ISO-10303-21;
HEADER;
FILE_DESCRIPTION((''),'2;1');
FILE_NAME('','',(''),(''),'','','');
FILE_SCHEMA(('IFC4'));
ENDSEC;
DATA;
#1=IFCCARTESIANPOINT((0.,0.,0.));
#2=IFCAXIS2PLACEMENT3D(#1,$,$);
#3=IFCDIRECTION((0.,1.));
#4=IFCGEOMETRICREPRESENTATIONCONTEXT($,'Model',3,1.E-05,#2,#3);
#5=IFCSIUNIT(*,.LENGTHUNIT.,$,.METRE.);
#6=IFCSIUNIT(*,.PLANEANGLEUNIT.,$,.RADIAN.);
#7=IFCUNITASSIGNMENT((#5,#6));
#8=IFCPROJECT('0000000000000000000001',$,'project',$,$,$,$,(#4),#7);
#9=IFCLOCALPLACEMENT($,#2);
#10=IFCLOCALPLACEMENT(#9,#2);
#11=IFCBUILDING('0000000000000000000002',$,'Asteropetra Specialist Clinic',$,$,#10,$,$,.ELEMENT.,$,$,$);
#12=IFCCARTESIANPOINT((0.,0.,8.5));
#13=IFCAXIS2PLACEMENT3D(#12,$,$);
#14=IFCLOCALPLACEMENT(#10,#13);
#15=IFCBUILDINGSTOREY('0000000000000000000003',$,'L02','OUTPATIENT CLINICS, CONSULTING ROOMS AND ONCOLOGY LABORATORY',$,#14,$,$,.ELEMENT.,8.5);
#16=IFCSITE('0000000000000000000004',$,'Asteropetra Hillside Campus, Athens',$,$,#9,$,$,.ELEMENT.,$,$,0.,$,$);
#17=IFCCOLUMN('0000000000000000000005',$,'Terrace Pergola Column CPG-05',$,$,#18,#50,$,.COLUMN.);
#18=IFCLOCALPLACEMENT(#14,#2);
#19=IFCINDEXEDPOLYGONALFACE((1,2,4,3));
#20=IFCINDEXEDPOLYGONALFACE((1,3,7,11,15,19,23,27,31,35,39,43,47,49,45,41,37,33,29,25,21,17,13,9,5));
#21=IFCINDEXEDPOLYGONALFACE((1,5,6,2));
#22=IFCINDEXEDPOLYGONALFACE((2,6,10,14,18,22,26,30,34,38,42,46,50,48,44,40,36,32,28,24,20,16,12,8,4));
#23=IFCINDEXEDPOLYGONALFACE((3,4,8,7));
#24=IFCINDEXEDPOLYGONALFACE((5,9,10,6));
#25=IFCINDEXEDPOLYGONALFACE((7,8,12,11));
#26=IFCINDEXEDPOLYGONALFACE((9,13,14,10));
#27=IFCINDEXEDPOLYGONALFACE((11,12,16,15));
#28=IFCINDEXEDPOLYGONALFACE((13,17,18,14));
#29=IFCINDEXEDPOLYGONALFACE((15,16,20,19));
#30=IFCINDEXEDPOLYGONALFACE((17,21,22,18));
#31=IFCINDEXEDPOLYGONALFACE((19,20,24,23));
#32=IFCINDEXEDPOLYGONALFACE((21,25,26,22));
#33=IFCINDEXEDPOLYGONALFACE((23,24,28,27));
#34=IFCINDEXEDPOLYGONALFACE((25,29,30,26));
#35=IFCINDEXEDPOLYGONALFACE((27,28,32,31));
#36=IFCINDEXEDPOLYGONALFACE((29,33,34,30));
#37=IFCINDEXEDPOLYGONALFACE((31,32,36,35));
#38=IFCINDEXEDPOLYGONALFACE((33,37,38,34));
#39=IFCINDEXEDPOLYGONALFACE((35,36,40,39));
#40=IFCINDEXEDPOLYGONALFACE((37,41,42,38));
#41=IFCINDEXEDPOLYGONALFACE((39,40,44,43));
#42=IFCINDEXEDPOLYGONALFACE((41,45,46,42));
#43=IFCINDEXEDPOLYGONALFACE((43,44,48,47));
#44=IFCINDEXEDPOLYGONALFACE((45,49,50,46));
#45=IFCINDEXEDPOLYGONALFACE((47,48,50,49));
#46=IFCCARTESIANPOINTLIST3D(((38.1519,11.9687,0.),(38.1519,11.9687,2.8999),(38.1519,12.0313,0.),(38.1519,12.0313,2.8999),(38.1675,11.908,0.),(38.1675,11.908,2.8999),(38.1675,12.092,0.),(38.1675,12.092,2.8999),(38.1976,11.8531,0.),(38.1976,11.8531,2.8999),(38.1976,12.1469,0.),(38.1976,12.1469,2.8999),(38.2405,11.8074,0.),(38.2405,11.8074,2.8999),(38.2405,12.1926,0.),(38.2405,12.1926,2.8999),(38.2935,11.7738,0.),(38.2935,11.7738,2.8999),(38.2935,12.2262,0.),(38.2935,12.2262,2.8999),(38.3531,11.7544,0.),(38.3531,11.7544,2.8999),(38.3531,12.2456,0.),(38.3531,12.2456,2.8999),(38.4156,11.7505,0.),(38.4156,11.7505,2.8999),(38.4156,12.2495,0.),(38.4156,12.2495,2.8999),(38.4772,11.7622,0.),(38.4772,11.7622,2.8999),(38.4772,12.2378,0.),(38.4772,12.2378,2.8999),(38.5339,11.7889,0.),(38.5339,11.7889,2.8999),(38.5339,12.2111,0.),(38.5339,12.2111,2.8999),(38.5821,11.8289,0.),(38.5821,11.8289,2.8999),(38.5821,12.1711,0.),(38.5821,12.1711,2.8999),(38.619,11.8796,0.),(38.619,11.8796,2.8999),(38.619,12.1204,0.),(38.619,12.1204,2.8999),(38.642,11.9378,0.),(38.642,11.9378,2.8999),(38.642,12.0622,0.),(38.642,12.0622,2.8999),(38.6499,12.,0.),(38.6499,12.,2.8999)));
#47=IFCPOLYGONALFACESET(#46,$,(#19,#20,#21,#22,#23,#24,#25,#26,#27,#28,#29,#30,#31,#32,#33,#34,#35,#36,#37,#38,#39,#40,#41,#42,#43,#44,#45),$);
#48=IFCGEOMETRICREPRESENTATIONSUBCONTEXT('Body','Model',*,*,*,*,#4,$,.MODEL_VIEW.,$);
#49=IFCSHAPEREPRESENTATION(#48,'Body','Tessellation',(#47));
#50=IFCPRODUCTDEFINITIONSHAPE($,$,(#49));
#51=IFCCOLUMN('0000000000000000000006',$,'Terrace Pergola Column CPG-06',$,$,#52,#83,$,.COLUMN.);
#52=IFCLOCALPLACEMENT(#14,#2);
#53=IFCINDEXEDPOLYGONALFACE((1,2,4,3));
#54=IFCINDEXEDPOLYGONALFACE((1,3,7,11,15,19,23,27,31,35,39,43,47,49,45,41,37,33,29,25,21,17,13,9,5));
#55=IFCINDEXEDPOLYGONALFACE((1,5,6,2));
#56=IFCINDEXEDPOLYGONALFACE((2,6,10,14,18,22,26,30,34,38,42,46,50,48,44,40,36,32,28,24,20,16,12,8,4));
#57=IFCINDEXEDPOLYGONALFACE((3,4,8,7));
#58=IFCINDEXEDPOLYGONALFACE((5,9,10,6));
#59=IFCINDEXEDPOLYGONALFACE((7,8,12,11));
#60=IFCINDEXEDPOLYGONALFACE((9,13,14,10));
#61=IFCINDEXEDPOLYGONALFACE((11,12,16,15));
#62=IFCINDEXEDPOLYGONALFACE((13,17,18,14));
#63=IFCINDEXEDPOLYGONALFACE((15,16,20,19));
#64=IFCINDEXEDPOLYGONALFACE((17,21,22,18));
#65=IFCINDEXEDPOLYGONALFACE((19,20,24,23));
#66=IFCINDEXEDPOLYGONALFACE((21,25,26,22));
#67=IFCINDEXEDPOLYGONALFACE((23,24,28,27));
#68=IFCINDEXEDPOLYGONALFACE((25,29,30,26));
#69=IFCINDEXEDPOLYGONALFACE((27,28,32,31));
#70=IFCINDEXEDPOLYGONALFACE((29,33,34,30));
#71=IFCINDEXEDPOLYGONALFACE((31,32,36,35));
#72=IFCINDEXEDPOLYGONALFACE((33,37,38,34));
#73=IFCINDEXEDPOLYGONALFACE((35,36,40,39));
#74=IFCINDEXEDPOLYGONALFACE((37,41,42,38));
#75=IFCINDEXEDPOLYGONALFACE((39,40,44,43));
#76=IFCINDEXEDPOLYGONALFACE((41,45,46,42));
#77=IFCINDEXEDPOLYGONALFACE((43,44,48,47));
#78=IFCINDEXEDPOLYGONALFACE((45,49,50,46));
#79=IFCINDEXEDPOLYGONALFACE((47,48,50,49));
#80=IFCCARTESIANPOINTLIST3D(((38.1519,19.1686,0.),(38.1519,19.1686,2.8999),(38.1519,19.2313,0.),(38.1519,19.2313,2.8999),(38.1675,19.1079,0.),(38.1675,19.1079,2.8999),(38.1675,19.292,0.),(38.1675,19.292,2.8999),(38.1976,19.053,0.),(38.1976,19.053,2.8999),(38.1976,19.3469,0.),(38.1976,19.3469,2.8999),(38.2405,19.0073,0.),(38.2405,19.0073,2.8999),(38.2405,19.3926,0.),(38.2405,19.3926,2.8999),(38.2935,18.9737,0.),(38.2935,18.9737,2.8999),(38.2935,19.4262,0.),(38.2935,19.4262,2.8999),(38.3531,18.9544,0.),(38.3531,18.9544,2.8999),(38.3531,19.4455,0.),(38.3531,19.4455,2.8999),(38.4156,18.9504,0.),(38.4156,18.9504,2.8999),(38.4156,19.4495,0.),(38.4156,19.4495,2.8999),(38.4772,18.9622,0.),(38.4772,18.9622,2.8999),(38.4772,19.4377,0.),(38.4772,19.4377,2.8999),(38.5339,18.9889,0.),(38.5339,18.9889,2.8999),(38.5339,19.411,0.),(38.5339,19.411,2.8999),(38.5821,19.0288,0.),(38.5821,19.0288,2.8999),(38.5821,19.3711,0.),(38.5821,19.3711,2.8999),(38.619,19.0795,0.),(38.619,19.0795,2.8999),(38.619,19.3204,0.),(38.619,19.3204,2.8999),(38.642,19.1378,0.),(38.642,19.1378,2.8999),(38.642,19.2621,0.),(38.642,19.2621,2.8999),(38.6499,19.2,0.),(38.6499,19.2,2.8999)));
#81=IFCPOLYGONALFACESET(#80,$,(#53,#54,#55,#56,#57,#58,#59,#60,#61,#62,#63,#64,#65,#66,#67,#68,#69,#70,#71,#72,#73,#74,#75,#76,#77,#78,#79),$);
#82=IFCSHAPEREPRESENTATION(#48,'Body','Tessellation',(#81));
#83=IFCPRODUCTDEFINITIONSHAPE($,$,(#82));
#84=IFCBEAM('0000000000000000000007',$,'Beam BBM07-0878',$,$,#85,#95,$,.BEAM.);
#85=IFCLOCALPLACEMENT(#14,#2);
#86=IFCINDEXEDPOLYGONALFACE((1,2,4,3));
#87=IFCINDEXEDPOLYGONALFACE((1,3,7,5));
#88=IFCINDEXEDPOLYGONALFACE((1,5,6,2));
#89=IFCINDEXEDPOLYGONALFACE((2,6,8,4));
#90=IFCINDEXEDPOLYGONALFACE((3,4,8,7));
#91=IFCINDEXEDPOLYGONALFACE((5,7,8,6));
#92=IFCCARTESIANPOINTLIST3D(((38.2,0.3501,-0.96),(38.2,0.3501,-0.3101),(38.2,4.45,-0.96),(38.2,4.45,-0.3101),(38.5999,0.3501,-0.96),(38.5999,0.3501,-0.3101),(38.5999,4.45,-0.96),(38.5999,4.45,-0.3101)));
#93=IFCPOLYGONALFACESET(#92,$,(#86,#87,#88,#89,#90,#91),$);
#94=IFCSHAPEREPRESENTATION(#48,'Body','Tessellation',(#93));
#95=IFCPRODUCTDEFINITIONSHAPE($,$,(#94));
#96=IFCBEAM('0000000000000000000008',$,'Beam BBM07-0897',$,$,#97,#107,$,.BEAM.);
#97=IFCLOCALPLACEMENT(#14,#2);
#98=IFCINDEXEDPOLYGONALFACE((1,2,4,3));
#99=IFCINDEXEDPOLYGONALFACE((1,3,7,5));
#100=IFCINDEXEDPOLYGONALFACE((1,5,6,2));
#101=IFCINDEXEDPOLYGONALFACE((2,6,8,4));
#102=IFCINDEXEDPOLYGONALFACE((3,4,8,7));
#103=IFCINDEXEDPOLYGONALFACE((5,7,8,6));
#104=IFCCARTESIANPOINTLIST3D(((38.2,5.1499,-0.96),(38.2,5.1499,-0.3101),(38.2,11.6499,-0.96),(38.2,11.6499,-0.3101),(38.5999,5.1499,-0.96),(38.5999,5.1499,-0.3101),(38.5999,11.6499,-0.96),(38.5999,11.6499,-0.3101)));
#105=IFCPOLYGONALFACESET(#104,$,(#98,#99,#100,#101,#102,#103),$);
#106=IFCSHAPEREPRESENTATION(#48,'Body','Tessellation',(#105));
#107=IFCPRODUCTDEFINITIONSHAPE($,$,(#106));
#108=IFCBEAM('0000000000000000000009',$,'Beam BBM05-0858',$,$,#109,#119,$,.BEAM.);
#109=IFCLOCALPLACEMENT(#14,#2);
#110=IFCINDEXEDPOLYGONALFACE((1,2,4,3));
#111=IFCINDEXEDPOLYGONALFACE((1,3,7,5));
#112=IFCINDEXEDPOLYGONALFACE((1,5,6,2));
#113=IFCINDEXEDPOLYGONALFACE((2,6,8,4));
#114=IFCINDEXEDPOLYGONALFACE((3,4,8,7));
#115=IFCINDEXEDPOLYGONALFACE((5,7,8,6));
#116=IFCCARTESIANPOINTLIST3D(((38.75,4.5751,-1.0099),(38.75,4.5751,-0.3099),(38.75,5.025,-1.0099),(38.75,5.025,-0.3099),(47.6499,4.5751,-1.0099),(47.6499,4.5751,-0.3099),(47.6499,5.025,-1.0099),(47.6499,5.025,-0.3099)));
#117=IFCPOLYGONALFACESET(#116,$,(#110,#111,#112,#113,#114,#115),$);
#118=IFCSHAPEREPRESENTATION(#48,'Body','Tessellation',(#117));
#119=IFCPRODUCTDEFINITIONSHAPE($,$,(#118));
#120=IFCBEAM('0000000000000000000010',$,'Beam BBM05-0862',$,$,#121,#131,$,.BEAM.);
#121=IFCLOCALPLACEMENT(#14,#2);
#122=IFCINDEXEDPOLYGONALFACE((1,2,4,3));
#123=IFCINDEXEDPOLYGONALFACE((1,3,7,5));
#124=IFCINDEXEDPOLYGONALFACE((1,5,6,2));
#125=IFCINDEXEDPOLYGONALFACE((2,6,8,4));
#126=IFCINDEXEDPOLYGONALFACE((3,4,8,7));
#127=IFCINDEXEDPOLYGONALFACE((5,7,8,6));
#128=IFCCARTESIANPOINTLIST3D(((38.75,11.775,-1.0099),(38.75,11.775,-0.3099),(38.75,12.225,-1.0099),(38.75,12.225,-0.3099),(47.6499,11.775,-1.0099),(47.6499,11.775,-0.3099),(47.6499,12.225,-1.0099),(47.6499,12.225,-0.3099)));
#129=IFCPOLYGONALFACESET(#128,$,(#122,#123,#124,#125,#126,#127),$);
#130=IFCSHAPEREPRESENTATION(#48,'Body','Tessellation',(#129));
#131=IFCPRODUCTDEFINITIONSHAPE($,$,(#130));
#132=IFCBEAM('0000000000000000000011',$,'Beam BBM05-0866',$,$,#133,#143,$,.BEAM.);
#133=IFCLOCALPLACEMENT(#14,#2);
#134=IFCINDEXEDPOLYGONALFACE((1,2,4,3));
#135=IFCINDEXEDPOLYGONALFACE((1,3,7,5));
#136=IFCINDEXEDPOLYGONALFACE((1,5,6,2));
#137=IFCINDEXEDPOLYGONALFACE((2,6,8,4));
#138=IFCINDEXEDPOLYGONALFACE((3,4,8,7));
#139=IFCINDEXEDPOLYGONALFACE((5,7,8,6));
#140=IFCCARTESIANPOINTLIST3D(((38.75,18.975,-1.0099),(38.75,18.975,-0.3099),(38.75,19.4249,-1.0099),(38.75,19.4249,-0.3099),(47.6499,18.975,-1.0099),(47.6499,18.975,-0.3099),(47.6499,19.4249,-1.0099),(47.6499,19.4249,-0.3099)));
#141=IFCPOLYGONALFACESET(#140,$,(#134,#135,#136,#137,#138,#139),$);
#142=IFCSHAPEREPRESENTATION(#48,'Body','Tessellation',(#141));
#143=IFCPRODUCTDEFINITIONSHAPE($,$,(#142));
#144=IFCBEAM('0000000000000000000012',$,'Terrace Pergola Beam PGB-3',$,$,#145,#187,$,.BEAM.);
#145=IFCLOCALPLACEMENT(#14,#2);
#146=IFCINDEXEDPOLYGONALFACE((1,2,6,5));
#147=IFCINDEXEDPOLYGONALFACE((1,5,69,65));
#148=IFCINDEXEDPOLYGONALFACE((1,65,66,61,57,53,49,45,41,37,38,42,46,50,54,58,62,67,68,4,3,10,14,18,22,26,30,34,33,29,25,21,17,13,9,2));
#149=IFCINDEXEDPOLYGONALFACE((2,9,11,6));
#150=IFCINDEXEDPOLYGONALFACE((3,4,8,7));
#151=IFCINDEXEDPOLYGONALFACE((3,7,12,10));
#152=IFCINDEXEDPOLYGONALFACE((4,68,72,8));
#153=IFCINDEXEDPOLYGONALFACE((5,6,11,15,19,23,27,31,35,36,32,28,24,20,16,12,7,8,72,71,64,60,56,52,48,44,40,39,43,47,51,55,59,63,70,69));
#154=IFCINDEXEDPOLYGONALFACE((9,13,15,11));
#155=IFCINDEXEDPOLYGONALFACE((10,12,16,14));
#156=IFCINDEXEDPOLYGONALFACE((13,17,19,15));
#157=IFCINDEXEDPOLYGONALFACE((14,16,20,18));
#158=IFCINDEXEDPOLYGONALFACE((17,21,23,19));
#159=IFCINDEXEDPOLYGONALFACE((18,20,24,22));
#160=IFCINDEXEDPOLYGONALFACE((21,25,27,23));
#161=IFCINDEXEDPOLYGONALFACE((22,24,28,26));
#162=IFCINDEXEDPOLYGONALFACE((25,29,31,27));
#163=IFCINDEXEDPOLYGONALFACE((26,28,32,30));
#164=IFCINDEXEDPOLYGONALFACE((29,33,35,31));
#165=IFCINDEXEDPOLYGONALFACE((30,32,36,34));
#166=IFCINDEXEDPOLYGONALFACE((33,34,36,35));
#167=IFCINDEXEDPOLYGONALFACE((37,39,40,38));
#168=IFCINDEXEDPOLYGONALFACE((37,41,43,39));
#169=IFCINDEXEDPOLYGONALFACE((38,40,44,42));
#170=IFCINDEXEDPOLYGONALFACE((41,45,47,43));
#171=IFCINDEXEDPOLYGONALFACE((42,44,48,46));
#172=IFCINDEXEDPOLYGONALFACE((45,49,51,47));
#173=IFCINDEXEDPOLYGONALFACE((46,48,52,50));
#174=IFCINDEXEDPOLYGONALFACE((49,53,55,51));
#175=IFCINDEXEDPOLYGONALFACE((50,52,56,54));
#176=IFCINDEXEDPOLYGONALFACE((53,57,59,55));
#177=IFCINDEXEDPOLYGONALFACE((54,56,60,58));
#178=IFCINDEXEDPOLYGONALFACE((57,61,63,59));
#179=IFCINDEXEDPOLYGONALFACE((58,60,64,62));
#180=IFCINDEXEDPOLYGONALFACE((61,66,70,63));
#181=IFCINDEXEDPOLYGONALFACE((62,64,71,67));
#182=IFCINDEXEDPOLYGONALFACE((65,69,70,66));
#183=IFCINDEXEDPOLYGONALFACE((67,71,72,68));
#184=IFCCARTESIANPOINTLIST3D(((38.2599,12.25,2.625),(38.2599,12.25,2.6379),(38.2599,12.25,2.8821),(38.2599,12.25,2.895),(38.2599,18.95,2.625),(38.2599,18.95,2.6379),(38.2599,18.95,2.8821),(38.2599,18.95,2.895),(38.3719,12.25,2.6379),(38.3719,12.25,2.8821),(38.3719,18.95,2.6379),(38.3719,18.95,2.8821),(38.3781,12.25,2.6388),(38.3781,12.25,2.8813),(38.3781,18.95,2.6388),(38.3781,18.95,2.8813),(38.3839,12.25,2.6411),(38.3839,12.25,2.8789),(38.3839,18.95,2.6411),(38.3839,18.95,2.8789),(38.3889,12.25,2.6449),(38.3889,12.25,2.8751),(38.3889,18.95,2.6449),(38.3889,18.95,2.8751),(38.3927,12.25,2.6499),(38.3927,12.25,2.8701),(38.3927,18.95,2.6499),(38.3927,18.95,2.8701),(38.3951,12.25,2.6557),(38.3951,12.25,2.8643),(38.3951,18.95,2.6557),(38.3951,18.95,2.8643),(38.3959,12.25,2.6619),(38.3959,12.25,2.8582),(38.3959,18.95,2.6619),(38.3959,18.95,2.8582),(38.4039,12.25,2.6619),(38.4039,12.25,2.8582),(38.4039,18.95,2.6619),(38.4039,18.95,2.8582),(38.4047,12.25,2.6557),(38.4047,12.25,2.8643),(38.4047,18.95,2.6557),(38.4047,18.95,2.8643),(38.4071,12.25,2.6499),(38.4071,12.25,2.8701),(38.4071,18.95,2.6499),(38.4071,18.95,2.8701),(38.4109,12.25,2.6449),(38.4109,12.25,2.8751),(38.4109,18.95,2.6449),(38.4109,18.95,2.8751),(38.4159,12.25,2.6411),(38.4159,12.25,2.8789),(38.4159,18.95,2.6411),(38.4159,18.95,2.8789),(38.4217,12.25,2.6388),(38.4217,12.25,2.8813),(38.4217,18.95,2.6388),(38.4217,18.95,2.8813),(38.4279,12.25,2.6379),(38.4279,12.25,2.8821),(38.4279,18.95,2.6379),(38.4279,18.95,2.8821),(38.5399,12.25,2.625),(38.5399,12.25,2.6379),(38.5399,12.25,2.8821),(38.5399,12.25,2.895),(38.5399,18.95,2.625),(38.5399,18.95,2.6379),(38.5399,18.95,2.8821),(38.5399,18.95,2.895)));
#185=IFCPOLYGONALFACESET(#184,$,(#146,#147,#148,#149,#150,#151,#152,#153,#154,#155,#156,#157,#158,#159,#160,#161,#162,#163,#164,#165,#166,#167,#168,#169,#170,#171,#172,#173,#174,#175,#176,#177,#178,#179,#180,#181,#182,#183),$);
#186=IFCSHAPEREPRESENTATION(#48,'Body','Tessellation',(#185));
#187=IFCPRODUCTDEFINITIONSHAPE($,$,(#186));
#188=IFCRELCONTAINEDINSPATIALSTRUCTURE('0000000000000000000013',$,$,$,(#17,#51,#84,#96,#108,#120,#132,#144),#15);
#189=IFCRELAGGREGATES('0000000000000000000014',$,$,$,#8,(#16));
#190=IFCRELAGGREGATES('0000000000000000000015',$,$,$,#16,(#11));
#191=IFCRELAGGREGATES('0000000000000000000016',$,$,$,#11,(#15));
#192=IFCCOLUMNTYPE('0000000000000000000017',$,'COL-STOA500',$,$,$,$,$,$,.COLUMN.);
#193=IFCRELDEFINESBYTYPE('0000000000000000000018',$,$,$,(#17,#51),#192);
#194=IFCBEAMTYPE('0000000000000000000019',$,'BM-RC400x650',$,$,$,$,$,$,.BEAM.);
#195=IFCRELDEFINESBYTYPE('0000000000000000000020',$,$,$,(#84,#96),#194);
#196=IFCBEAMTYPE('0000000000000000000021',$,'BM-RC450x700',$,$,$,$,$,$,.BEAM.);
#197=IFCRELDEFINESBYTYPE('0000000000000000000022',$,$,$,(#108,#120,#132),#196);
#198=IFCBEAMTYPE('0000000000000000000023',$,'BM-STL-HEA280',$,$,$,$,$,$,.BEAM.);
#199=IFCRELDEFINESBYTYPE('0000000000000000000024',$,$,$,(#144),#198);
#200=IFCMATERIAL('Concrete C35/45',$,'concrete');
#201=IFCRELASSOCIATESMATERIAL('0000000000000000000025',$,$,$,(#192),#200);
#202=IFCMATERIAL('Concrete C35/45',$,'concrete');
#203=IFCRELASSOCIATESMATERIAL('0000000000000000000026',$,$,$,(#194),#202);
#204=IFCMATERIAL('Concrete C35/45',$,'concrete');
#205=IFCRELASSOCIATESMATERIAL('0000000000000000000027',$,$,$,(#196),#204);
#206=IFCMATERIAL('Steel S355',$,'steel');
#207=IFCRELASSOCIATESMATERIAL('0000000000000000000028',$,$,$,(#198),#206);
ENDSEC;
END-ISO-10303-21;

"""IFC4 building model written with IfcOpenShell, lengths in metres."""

from ifc_helpers import new_model, si_unit, direction, frame, origin, origin_2d, place, context, subcontext, project, spatial, rectangle, circle, i_section, extrude, material, material_profile, profile_set, type_object, element, save


model = new_model("IFC4")

# Units and contexts
model_context = context("Model", 3, precision=1e-05, world=origin(), true_north=direction((0.0, 1.0)))
body_context = subcontext(model_context, "Body", "Model", "MODEL_VIEW")
ifc_project = project(units=[si_unit("LENGTHUNIT", "METRE"), si_unit("PLANEANGLEUNIT", "RADIAN")], contexts=[model_context])

# Site, building, storey
site_placement = place(None, origin())
site = spatial("IfcSite", under=ifc_project, at=site_placement, Name="Asteropetra Hillside Campus, Athens", CompositionType="ELEMENT", RefElevation=0.0)
building_placement = place(site_placement, origin())
building = spatial("IfcBuilding", under=site, at=building_placement, Name="Asteropetra Specialist Clinic", CompositionType="ELEMENT")
storey_placement = place(building_placement, frame((0.0, 0.0, 8.5)))
storey = spatial("IfcBuildingStorey", under=building, at=storey_placement, Name="L02", Description="OUTPATIENT CLINICS, CONSULTING ROOMS AND ONCOLOGY LABORATORY", CompositionType="ELEMENT", Elevation=8.5)

# Columns
ifc_material_1 = material(Name="Concrete C35/45", Category="concrete")
ifc_material_profile_1 = material_profile(ifc_material_1, circle(Radius=0.25, at=origin_2d()), Name="RCC D500")
ifc_profile_set_1 = profile_set([ifc_material_profile_1], Name="Concrete C35/45")
column_type = type_object("IfcColumnType", Name="COL-STOA500", PredefinedType="COLUMN", material=ifc_profile_set_1)
for number, where, z_axis, x_axis, name in (
    (1, (38.3999, 12.0, 0.0), (0.0, 0.0, 1.0), (1.0, 0.0, 0.0), "Terrace Pergola Column CPG-05"),
    (2, (38.3999, 19.2, 0.0), (0.0, 0.0, 1.0), (1.0, 0.0, 0.0), "Terrace Pergola Column CPG-06"),
):
    element("IfcColumn", number, at=place(storey_placement, frame(where, z_axis=z_axis, x_axis=x_axis)), inside=storey, type_object=column_type, Name=name, PredefinedType="COLUMN", context=body_context, shape_type="SweptSolid", body=[
        extrude(circle(Radius=0.25, at=origin_2d()), origin(), (0.0, 0.0, 1.0), 2.8999),
    ])

# Beams
ifc_material_2 = material(Name="Concrete C35/45", Category="concrete")
ifc_material_profile_2 = material_profile(ifc_material_2, rectangle(XDim=0.3999, YDim=0.6499, at=origin_2d()), Name="RCB 400x650")
ifc_profile_set_2 = profile_set([ifc_material_profile_2], Name="Concrete C35/45")
beam_type_1 = type_object("IfcBeamType", Name="BM-RC400x650", PredefinedType="BEAM", material=ifc_profile_set_2)
beam_1_placement = place(storey_placement, frame((38.3999, 0.3501, -0.635), z_axis=(0.0, 1.0, 0.0), x_axis=(-1.0, 0.0, 0.0)))
element("IfcBeam", 3, at=beam_1_placement, inside=storey, type_object=beam_type_1, Name="Beam BBM07-0878", PredefinedType="BEAM", context=body_context, shape_type="SweptSolid", body=[
    extrude(rectangle(XDim=0.3999, YDim=0.6499, at=origin_2d()), origin(), (0.0, 0.0, 1.0), 4.0999),
])
beam_2_placement = place(storey_placement, frame((38.3999, 5.1499, -0.635), z_axis=(0.0, 1.0, 0.0), x_axis=(-1.0, 0.0, 0.0)))
element("IfcBeam", 4, at=beam_2_placement, inside=storey, type_object=beam_type_1, Name="Beam BBM07-0897", PredefinedType="BEAM", context=body_context, shape_type="SweptSolid", body=[
    extrude(rectangle(XDim=0.3999, YDim=0.6499, at=origin_2d()), origin(), (0.0, 0.0, 1.0), 6.5),
])
ifc_material_3 = material(Name="Concrete C35/45", Category="concrete")
ifc_material_profile_3 = material_profile(ifc_material_3, rectangle(XDim=0.45, YDim=0.7, at=origin_2d()), Name="RCB 450x700")
ifc_profile_set_3 = profile_set([ifc_material_profile_3], Name="Concrete C35/45")
beam_type_2 = type_object("IfcBeamType", Name="BM-RC450x700", PredefinedType="BEAM", material=ifc_profile_set_3)
for number, where, z_axis, x_axis, name in (
    (5, (38.75, 4.8, -0.6599), (1.0, 0.0, 0.0), (0.0, 1.0, 0.0), "Beam BBM05-0858"),
    (6, (38.75, 12.0, -0.6599), (1.0, 0.0, 0.0), (0.0, 1.0, 0.0), "Beam BBM05-0862"),
    (7, (38.75, 19.2, -0.6599), (1.0, 0.0, 0.0), (0.0, 1.0, 0.0), "Beam BBM05-0866"),
):
    element("IfcBeam", number, at=place(storey_placement, frame(where, z_axis=z_axis, x_axis=x_axis)), inside=storey, type_object=beam_type_2, Name=name, PredefinedType="BEAM", context=body_context, shape_type="SweptSolid", body=[
        extrude(rectangle(XDim=0.45, YDim=0.7, at=origin_2d()), origin(), (0.0, 0.0, 1.0), 8.8999),
    ])
ifc_material_4 = material(Name="Steel S355", Category="steel")
ifc_material_profile_4 = material_profile(ifc_material_4, i_section(OverallWidth=0.28, OverallDepth=0.27, WebThickness=0.0081, FlangeThickness=0.0129, FilletRadius=0.0239, at=origin_2d()), Name="HEA 280")
ifc_profile_set_4 = profile_set([ifc_material_profile_4], Name="Steel S355")
beam_type_3 = type_object("IfcBeamType", Name="BM-STL-HEA280", PredefinedType="BEAM", material=ifc_profile_set_4)
beam_3_placement = place(storey_placement, frame((38.3999, 12.25, 2.76), z_axis=(0.0, 1.0, 0.0), x_axis=(-1.0, 0.0, 0.0)))
element("IfcBeam", 8, at=beam_3_placement, inside=storey, type_object=beam_type_3, Name="Terrace Pergola Beam PGB-3", PredefinedType="BEAM", context=body_context, shape_type="SweptSolid", body=[
    extrude(i_section(OverallWidth=0.28, OverallDepth=0.27, WebThickness=0.0081, FlangeThickness=0.0129, FilletRadius=0.0239, at=origin_2d()), origin(), (0.0, 0.0, 1.0), 6.7),
])

save(model, "model.ifc")
